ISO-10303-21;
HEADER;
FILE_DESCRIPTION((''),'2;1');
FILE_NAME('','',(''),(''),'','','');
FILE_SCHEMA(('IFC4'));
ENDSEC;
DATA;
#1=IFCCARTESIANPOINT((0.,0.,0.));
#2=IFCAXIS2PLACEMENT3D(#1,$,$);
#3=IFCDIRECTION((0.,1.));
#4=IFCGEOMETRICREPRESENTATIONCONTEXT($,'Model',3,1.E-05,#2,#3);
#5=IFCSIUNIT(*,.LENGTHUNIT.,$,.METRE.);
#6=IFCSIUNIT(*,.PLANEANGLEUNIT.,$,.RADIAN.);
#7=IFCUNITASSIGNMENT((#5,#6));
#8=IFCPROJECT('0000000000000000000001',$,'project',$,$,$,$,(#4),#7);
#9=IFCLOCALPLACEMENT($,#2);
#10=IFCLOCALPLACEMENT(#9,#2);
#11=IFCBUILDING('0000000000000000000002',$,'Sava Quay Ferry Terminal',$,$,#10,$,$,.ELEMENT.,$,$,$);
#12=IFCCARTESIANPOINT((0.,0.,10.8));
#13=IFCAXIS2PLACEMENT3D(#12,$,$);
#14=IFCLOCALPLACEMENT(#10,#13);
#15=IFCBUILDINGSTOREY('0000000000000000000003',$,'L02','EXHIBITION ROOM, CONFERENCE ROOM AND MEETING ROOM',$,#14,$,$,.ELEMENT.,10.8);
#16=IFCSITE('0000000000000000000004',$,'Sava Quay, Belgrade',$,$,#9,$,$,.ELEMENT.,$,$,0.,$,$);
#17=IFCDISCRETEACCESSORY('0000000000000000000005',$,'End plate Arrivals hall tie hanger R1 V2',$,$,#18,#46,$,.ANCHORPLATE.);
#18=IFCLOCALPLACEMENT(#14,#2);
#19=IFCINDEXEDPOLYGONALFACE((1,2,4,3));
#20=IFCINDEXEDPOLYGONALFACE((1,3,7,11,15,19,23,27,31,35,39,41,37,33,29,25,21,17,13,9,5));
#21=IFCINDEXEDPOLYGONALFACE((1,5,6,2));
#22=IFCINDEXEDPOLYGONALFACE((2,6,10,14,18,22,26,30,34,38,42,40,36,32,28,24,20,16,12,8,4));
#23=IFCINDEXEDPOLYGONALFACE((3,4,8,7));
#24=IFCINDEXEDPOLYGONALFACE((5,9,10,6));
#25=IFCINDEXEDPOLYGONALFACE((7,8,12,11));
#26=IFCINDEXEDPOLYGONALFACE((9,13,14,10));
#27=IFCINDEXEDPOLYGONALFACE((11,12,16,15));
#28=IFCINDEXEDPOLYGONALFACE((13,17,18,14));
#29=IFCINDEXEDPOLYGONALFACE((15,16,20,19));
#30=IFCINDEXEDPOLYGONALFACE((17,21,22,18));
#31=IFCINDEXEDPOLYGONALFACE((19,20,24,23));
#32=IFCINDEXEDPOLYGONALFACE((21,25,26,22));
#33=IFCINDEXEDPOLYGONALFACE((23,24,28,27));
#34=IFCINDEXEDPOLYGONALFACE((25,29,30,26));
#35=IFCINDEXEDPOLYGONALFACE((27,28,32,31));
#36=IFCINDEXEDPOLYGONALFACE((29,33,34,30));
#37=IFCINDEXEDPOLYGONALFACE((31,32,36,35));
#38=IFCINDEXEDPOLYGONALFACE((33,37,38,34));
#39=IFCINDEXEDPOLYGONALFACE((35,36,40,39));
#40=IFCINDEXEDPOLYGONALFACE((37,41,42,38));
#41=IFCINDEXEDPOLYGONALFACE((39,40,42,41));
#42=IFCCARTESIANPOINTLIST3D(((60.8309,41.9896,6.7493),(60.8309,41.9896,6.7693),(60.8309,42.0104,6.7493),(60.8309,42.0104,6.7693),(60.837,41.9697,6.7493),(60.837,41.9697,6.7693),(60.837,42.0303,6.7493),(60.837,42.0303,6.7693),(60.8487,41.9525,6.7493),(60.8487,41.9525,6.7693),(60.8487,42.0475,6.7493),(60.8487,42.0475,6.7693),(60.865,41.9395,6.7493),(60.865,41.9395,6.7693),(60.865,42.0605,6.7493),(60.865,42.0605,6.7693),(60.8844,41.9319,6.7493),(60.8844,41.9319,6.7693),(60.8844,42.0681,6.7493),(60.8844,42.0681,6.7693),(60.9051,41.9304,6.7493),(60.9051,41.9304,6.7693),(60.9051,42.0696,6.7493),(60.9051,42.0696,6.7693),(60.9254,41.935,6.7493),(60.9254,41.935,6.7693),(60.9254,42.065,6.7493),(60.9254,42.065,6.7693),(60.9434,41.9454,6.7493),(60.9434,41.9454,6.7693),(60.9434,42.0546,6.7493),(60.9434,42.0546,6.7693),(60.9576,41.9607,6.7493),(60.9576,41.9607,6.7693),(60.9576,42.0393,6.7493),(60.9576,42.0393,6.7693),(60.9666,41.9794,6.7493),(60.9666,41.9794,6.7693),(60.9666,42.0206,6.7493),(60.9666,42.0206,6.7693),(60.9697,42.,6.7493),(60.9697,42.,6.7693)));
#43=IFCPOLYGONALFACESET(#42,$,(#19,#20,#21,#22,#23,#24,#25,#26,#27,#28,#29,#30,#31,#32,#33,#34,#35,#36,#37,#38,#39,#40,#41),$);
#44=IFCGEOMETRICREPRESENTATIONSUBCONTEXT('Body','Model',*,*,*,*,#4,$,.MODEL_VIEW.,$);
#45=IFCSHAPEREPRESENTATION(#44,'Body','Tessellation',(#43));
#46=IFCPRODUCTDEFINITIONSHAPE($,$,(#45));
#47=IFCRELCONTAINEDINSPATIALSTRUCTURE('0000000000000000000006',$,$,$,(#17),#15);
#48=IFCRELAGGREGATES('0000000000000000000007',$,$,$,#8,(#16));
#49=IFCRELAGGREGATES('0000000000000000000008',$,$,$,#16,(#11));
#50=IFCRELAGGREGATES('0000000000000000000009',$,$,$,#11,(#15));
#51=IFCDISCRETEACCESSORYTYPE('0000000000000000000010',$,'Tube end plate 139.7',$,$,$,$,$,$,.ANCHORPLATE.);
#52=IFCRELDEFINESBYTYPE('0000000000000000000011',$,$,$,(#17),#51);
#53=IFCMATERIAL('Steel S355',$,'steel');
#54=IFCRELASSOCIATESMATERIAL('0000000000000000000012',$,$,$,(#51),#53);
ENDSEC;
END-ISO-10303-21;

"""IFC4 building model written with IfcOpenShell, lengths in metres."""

from ifc_helpers import new_model, si_unit, direction, frame, origin, origin_2d, place, context, subcontext, project, spatial, circle, extrude, material, material_profile, profile_set, type_object, element, save


model = new_model("IFC4")

# Units and contexts
model_context = context("Model", 3, precision=1e-05, world=origin(), true_north=direction((0.0, 1.0)))
body_context = subcontext(model_context, "Body", "Model", "MODEL_VIEW")
ifc_project = project(units=[si_unit("LENGTHUNIT", "METRE"), si_unit("PLANEANGLEUNIT", "RADIAN")], contexts=[model_context])

# Site, building, storey
site_placement = place(None, origin())
site = spatial("IfcSite", under=ifc_project, at=site_placement, Name="Sava Quay, Belgrade", CompositionType="ELEMENT", RefElevation=0.0)
building_placement = place(site_placement, origin())
building = spatial("IfcBuilding", under=site, at=building_placement, Name="Sava Quay Ferry Terminal", CompositionType="ELEMENT")
storey_placement = place(building_placement, frame((0.0, 0.0, 10.8)))
storey = spatial("IfcBuildingStorey", under=building, at=storey_placement, Name="L02", Description="EXHIBITION ROOM, CONFERENCE ROOM AND MEETING ROOM", CompositionType="ELEMENT", Elevation=10.8)

# Discrete accessory
ifc_material_1 = material(Name="Steel S355", Category="steel")
ifc_material_profile_1 = material_profile(ifc_material_1, circle(Radius=0.0698, at=origin_2d()), Name="Plate 139.7 dia x 20")
ifc_profile_set_1 = profile_set([ifc_material_profile_1], Name="Steel S355")
discrete_accessory_type = type_object("IfcDiscreteAccessoryType", Name="Tube end plate 139.7", PredefinedType="ANCHORPLATE", material=ifc_profile_set_1)
for number, where, z_axis, x_axis, name in (
    (1, (60.8999, 42.0, 6.7493), (0.0, 0.0, 1.0), (1.0, 0.0, 0.0), "End plate Arrivals hall tie hanger R1 V2"),
):
    element("IfcDiscreteAccessory", number, at=place(storey_placement, frame(where, z_axis=z_axis, x_axis=x_axis)), inside=storey, type_object=discrete_accessory_type, Name=name, PredefinedType="ANCHORPLATE", context=body_context, shape_type="SweptSolid", body=[
        extrude(circle(Radius=0.0698, at=origin_2d()), origin(), (0.0, 0.0, 1.0), 0.02),
    ])

save(model, "model.ifc")
